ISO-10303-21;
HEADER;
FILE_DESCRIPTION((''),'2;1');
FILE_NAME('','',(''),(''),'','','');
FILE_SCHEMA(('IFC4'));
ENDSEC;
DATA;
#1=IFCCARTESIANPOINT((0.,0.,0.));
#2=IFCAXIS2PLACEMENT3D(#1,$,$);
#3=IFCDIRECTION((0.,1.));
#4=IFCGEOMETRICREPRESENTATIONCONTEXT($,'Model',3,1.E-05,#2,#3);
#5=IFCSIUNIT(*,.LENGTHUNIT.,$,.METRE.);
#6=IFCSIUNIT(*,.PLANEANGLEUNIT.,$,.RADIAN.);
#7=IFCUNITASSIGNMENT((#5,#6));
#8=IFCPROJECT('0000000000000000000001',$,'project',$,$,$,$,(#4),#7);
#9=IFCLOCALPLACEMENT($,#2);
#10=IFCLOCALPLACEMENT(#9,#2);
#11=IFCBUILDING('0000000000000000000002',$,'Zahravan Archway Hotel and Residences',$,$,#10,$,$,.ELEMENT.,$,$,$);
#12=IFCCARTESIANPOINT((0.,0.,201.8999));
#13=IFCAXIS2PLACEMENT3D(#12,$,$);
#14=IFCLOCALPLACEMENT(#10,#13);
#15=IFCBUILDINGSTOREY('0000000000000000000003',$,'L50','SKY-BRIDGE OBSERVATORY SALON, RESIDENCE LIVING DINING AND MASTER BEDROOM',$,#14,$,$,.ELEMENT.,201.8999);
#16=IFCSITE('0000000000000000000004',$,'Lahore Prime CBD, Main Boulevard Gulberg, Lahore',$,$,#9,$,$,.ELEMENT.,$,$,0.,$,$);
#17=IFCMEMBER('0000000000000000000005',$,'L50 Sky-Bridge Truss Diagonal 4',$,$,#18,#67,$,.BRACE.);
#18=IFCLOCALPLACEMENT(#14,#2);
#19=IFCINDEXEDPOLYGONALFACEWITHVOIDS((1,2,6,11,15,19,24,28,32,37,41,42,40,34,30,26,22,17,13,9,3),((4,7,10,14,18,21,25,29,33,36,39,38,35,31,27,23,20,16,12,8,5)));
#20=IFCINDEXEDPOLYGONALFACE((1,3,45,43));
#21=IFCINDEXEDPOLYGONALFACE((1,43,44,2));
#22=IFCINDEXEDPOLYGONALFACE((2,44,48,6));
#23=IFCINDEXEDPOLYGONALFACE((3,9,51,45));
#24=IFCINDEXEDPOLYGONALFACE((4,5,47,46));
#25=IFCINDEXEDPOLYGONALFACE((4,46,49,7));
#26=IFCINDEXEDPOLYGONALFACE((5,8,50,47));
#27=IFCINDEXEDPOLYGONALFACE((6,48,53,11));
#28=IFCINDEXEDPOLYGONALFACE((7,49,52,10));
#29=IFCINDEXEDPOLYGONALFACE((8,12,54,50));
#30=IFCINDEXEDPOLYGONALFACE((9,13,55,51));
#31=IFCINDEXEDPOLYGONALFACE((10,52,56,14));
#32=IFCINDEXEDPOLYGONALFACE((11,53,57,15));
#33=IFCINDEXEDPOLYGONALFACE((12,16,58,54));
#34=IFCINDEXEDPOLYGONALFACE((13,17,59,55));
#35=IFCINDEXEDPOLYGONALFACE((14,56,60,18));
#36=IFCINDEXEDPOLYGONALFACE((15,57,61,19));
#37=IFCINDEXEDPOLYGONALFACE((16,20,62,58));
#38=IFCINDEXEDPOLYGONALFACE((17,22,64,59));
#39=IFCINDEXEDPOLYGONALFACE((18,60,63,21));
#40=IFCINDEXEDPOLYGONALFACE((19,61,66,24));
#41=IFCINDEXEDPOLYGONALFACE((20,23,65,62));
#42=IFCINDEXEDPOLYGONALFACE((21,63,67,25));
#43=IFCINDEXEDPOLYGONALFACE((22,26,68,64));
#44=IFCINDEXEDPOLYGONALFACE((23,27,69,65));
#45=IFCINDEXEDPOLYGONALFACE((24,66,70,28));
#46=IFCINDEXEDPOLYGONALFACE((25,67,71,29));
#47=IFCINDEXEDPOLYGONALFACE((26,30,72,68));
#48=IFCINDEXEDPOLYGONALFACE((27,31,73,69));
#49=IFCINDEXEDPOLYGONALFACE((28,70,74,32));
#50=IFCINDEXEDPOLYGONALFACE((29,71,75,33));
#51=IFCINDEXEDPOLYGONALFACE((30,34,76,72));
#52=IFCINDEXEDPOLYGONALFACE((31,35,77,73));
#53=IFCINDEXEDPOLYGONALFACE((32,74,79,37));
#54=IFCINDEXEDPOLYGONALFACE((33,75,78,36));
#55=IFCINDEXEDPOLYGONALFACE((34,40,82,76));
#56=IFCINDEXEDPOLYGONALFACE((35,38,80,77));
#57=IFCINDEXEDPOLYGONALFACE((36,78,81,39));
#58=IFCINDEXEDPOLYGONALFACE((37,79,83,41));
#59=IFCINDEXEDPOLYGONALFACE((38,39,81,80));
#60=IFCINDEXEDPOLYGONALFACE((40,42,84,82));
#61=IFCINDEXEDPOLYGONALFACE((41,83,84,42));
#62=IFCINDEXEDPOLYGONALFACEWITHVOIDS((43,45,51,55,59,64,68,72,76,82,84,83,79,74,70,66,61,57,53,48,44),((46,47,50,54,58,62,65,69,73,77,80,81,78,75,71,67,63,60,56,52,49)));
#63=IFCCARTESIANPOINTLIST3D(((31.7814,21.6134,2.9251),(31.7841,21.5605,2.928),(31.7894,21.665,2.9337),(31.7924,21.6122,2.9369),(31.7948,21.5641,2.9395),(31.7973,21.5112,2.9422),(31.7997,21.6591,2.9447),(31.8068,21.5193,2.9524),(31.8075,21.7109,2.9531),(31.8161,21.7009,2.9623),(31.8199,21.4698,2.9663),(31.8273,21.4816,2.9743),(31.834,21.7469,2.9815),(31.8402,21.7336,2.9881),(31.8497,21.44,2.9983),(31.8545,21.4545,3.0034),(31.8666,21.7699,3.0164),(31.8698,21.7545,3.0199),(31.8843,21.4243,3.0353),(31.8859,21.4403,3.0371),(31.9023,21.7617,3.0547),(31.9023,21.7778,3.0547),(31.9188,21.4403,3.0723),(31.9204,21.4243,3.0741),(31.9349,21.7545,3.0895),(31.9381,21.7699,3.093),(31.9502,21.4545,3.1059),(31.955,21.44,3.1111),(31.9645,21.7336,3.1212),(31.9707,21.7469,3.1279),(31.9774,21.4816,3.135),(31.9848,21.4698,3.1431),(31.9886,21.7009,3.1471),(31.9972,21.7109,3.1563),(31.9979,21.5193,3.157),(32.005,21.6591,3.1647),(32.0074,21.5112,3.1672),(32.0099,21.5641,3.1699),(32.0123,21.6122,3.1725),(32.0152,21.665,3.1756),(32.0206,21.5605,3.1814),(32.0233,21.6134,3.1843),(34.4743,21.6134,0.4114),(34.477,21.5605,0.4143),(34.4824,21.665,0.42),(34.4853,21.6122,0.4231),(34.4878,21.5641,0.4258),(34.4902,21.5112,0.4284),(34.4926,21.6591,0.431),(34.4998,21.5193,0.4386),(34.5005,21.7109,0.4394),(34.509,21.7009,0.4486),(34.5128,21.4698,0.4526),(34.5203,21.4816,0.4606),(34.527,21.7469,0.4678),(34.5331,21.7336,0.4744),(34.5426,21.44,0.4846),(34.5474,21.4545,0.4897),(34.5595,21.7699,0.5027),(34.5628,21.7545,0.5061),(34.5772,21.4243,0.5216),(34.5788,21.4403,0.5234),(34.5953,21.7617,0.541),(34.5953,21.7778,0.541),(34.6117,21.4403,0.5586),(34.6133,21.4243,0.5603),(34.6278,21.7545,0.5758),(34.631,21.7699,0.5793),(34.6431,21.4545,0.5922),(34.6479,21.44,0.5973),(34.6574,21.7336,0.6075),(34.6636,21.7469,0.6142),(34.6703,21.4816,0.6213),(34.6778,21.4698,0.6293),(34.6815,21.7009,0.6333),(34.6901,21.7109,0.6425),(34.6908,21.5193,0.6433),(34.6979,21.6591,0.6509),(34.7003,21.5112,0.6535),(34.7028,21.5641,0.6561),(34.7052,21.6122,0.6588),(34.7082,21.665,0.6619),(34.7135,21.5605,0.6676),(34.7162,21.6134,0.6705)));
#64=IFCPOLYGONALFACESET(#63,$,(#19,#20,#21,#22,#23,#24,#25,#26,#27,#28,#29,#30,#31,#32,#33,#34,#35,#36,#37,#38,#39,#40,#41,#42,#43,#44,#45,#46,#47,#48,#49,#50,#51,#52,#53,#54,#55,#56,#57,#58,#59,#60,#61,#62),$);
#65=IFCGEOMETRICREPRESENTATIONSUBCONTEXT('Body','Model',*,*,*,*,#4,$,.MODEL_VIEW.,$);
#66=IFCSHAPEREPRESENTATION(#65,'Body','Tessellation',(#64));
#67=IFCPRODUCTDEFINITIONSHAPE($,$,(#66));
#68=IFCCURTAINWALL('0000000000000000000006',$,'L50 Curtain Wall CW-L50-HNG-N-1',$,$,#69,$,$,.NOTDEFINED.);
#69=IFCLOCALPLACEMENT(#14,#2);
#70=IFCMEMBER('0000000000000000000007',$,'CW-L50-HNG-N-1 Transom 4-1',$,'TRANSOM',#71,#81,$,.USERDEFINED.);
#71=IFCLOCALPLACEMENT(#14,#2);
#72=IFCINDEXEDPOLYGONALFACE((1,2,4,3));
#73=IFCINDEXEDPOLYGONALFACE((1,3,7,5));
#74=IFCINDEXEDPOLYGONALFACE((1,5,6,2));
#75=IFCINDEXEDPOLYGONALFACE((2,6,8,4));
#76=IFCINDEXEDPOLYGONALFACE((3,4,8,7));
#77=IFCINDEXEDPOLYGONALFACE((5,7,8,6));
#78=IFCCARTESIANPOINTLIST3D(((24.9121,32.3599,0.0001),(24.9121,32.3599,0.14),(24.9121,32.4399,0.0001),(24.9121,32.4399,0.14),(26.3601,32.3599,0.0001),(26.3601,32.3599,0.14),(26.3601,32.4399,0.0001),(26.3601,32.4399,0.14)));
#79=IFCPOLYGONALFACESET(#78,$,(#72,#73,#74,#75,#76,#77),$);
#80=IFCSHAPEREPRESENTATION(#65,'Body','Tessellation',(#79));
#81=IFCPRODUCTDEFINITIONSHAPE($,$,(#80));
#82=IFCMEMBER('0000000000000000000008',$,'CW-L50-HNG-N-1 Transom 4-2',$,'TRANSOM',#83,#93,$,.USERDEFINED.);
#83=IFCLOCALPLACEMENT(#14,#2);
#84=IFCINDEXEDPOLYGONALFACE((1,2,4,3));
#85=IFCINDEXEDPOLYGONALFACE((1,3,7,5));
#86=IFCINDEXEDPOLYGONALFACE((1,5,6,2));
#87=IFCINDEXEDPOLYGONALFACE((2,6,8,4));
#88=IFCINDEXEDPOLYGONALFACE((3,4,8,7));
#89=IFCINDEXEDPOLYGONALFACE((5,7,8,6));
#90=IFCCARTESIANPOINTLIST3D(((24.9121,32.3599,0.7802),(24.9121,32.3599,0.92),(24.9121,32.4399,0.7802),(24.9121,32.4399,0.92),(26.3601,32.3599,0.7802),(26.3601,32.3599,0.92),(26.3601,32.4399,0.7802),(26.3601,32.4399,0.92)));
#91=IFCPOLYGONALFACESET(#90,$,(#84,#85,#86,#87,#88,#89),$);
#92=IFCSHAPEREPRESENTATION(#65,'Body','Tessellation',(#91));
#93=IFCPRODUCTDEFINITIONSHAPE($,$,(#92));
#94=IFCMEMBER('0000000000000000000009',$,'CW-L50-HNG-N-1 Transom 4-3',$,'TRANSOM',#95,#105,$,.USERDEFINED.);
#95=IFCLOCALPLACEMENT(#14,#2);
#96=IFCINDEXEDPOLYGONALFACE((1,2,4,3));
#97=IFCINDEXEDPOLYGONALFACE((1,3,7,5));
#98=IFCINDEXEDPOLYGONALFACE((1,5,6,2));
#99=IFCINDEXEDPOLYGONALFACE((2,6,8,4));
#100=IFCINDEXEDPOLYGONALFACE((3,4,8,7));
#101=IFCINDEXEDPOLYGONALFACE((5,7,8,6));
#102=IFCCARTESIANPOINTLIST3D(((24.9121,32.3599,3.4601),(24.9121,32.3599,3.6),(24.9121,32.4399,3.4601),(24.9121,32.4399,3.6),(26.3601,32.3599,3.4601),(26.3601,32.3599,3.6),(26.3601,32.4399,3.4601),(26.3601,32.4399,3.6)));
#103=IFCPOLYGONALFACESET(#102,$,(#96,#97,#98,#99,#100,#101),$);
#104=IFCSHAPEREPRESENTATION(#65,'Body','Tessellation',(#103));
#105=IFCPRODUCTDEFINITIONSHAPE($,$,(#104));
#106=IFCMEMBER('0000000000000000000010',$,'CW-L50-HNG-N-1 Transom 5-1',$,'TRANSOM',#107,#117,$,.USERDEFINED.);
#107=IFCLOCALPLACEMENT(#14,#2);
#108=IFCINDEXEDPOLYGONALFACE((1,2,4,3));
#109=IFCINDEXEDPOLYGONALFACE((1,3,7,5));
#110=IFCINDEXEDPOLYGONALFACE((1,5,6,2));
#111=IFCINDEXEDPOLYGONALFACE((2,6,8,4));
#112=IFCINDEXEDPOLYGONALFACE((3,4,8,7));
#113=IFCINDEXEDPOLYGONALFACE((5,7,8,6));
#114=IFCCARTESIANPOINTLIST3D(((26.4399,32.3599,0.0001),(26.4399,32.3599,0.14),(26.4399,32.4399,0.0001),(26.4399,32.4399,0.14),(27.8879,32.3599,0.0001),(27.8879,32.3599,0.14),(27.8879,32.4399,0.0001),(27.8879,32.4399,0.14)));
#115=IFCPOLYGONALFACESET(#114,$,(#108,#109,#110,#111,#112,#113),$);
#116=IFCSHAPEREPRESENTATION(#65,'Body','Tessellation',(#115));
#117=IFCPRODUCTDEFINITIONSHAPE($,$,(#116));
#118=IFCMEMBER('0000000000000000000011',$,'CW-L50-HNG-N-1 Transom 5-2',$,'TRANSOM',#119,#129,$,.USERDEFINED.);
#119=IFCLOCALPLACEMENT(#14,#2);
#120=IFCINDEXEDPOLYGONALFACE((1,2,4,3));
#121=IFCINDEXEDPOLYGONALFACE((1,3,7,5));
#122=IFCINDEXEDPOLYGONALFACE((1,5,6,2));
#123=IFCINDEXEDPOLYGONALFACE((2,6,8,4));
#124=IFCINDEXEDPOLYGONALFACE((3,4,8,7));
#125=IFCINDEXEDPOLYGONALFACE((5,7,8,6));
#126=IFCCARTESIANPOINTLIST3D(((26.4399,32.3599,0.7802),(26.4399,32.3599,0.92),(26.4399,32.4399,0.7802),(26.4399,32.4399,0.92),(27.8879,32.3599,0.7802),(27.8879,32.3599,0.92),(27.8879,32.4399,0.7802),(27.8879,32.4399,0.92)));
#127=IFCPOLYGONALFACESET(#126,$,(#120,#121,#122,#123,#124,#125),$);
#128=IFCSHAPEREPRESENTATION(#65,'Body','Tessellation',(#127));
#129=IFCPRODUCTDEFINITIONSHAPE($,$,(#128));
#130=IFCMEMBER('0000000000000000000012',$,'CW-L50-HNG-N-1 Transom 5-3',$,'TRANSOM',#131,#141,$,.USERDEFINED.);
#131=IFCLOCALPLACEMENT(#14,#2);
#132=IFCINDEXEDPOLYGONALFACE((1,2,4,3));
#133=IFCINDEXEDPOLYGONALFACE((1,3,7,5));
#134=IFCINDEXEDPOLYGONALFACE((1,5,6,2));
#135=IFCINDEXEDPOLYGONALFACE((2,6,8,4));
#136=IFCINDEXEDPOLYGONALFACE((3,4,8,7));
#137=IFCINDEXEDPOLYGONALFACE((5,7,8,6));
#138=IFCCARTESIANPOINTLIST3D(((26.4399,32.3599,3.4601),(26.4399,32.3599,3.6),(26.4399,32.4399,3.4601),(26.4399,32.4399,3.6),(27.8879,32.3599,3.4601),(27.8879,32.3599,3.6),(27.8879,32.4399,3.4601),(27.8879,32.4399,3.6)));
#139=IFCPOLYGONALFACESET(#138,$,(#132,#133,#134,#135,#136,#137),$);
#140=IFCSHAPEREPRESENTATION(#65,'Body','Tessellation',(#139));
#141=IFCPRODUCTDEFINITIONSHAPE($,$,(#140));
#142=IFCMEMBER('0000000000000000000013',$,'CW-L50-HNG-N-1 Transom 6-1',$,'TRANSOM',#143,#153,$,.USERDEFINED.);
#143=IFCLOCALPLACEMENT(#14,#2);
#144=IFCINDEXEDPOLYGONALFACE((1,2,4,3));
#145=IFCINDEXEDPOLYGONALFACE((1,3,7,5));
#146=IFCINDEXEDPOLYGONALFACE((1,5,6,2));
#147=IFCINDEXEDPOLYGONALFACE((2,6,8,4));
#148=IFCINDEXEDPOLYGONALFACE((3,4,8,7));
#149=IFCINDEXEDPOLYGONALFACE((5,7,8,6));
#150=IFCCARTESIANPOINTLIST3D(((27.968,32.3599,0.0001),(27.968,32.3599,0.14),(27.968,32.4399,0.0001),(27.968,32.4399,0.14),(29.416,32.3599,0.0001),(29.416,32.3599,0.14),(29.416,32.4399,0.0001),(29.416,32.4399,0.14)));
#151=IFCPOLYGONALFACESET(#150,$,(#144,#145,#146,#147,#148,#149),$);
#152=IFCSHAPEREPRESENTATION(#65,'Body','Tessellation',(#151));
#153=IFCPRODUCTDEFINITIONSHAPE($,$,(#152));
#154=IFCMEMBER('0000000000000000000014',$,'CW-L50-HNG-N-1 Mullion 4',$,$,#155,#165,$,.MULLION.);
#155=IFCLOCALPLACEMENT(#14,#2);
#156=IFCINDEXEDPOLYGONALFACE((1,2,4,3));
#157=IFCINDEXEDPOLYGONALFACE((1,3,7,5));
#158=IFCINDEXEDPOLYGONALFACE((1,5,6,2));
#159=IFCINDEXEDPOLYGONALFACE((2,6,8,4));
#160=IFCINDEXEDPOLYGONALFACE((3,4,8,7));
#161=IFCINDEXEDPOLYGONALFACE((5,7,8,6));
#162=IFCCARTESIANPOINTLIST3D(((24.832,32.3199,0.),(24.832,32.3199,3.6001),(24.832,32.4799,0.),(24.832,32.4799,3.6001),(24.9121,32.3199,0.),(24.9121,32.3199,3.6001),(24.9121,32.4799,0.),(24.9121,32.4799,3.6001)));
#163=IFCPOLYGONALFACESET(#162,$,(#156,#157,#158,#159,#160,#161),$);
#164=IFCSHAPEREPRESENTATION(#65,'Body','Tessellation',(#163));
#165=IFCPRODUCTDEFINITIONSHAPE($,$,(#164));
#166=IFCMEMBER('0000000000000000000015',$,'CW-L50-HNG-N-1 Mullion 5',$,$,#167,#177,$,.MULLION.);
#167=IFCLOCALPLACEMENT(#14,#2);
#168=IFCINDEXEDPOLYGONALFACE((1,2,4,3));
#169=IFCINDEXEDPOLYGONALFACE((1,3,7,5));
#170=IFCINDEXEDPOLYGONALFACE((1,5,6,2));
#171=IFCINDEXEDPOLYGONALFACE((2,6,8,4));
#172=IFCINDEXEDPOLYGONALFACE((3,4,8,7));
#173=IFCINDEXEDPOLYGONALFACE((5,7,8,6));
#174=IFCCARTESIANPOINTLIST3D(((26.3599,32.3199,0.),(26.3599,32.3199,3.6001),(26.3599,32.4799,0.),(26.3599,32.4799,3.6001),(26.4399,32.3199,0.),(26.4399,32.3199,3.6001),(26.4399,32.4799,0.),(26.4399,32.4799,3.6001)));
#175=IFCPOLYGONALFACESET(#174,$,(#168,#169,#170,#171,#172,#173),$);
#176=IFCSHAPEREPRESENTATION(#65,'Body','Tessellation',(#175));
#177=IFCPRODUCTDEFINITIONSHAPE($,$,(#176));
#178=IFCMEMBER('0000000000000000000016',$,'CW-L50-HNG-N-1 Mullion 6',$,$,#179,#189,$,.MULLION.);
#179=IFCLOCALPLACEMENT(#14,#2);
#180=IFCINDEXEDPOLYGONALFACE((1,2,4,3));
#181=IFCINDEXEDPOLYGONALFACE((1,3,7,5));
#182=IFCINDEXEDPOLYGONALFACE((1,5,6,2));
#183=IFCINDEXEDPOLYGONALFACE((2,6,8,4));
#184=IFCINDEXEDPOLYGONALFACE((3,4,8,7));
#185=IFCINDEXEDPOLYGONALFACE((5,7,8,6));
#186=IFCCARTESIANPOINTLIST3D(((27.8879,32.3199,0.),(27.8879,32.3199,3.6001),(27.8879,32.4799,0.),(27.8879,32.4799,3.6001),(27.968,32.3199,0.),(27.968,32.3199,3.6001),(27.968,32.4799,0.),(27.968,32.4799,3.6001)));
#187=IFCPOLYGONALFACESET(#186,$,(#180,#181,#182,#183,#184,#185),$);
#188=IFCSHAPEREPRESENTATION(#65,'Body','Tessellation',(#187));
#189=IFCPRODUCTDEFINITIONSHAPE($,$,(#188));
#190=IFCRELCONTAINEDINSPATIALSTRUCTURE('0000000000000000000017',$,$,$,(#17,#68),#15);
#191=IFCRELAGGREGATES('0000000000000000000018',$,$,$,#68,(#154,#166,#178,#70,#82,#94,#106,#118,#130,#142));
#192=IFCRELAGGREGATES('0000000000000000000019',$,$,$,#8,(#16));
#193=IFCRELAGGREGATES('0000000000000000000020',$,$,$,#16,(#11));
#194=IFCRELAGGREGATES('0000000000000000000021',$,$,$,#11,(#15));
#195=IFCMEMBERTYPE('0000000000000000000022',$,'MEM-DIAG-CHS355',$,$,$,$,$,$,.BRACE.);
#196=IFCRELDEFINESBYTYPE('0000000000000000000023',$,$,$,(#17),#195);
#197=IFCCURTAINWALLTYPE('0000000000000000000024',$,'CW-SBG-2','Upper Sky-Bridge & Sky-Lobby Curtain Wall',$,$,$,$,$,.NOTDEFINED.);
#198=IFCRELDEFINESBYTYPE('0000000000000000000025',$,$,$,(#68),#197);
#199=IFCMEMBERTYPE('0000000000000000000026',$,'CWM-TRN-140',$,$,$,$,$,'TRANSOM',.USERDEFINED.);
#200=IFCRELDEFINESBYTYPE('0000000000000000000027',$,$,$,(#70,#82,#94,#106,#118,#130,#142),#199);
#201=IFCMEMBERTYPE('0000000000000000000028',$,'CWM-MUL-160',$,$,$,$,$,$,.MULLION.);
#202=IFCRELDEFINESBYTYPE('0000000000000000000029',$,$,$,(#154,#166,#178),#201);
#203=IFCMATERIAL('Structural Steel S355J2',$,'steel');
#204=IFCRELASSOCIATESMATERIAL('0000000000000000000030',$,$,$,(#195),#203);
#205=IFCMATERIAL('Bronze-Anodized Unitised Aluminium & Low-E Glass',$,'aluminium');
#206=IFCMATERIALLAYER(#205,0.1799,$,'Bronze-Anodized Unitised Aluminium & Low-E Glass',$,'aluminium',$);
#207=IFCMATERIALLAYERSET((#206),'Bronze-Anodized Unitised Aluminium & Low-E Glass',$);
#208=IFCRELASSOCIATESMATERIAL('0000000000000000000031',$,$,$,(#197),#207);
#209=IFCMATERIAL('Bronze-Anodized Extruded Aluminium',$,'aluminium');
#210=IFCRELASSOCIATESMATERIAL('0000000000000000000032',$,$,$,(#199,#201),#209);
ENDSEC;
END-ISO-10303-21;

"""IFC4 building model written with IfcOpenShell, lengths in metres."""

from ifc_helpers import new_model, si_unit, direction, frame, origin, origin_2d, place, context, subcontext, project, spatial, rectangle, hollow_circle, extrude, source, transform, mapped, material, layer, layer_set, material_profile, profile_set, type_object, element, aggregate, save


model = new_model("IFC4")

# Units and contexts
model_context = context("Model", 3, precision=1e-05, world=origin(), true_north=direction((0.0, 1.0)))
body_context = subcontext(model_context, "Body", "Model", "MODEL_VIEW")
ifc_project = project(units=[si_unit("LENGTHUNIT", "METRE"), si_unit("PLANEANGLEUNIT", "RADIAN")], contexts=[model_context])

# Site, building, storey
site_placement = place(None, origin())
site = spatial("IfcSite", under=ifc_project, at=site_placement, Name="Lahore Prime CBD, Main Boulevard Gulberg, Lahore", CompositionType="ELEMENT", RefElevation=0.0)
building_placement = place(site_placement, origin())
building = spatial("IfcBuilding", under=site, at=building_placement, Name="Zahravan Archway Hotel and Residences", CompositionType="ELEMENT")
storey_placement = place(building_placement, frame((0.0, 0.0, 201.8999)))
storey = spatial("IfcBuildingStorey", under=building, at=storey_placement, Name="L50", Description="SKY-BRIDGE OBSERVATORY SALON, RESIDENCE LIVING DINING AND MASTER BEDROOM", CompositionType="ELEMENT", Elevation=201.8999)

# Member
ifc_material_1 = material(Name="Structural Steel S355J2", Category="steel")
ifc_material_profile_1 = material_profile(ifc_material_1, hollow_circle(Radius=0.1777, WallThickness=0.0161, at=origin_2d()), Name="CHS 355.6x16", Category="steel")
ifc_profile_set_1 = profile_set([ifc_material_profile_1], Name="Structural Steel S355J2")
member_type_1 = type_object("IfcMemberType", Name="MEM-DIAG-CHS355", PredefinedType="BRACE", material=ifc_profile_set_1)
shared_shape_1 = source(origin(), body_context, "Body", "SweptSolid", [
    extrude(hollow_circle(Radius=0.1777, WallThickness=0.0161, at=origin_2d()), origin(), (0.0, 0.0, 1.0), 3.6838),
])
member_1_placement = place(storey_placement, frame((31.9023, 21.6001, 3.0547), z_axis=(0.731011, 0.0, -0.682365), x_axis=(0.0, 1.0, 0.0)))
element("IfcMember", 1, at=member_1_placement, inside=storey, type_object=member_type_1, Name="L50 Sky-Bridge Truss Diagonal 4", PredefinedType="BRACE", context=body_context, shape_type="MappedRepresentation", body=[
    mapped(shared_shape_1, transform((0.0, 0.0, 0.0), scale=1.0)),
])

# Curtain wall, members
ifc_material_2 = material(Name="Bronze-Anodized Unitised Aluminium & Low-E Glass", Category="aluminium")
ifc_layer_1 = layer(ifc_material_2, 0.1799, Name="Bronze-Anodized Unitised Aluminium & Low-E Glass", Category="aluminium")
ifc_layer_set_1 = layer_set([ifc_layer_1], Name="Bronze-Anodized Unitised Aluminium & Low-E Glass")
curtain_wall_type = type_object("IfcCurtainWallType", Name="CW-SBG-2", Description="Upper Sky-Bridge & Sky-Lobby Curtain Wall", PredefinedType="NOTDEFINED", material=ifc_layer_set_1)
curtain_wall_placement = place(storey_placement, origin())
curtain_wall = element("IfcCurtainWall", 2, at=curtain_wall_placement, inside=storey, type_object=curtain_wall_type, Name="L50 Curtain Wall CW-L50-HNG-N-1", PredefinedType="NOTDEFINED")
ifc_material_3 = material(Name="Bronze-Anodized Extruded Aluminium", Category="aluminium")
ifc_material_profile_2 = material_profile(ifc_material_3, rectangle(XDim=0.0801, YDim=0.1399, at=origin_2d()), Name="TRN 80x140", Category="aluminium")
ifc_profile_set_2 = profile_set([ifc_material_profile_2], Name="Bronze-Anodized Extruded Aluminium")
member_type_2 = type_object("IfcMemberType", Name="CWM-TRN-140", ElementType="TRANSOM", PredefinedType="USERDEFINED", material=ifc_profile_set_2)
shared_shape_2 = source(origin(), body_context, "Body", "SweptSolid", [
    extrude(rectangle(XDim=0.0801, YDim=0.1399, at=origin_2d()), origin(), (0.0, 0.0, 1.0), 1.448),
])
member_2_placement = place(storey_placement, frame((24.9121, 32.3999, 0.0701), z_axis=(1.0, 0.0, 0.0), x_axis=(0.0, 1.0, 0.0)))
member_2 = element("IfcMember", 3, at=member_2_placement, type_object=member_type_2, Name="CW-L50-HNG-N-1 Transom 4-1", ObjectType="TRANSOM", PredefinedType="USERDEFINED", context=body_context, shape_type="MappedRepresentation", body=[
    mapped(shared_shape_2, transform((0.0, 0.0, 0.0), scale=1.0)),
])
member_3_placement = place(storey_placement, frame((24.9121, 32.3999, 0.8501), z_axis=(1.0, 0.0, 0.0), x_axis=(0.0, 1.0, 0.0)))
member_3 = element("IfcMember", 4, at=member_3_placement, type_object=member_type_2, Name="CW-L50-HNG-N-1 Transom 4-2", ObjectType="TRANSOM", PredefinedType="USERDEFINED", context=body_context, shape_type="MappedRepresentation", body=[
    mapped(shared_shape_2, transform((0.0, 0.0, 0.0), scale=1.0)),
])
member_4_placement = place(storey_placement, frame((24.9121, 32.3999, 3.53), z_axis=(1.0, 0.0, 0.0), x_axis=(0.0, 1.0, 0.0)))
member_4 = element("IfcMember", 5, at=member_4_placement, type_object=member_type_2, Name="CW-L50-HNG-N-1 Transom 4-3", ObjectType="TRANSOM", PredefinedType="USERDEFINED", context=body_context, shape_type="MappedRepresentation", body=[
    mapped(shared_shape_2, transform((0.0, 0.0, 0.0), scale=1.0)),
])
member_5_placement = place(storey_placement, frame((26.4399, 32.3999, 0.0701), z_axis=(1.0, 0.0, 0.0), x_axis=(0.0, 1.0, 0.0)))
member_5 = element("IfcMember", 6, at=member_5_placement, type_object=member_type_2, Name="CW-L50-HNG-N-1 Transom 5-1", ObjectType="TRANSOM", PredefinedType="USERDEFINED", context=body_context, shape_type="MappedRepresentation", body=[
    mapped(shared_shape_2, transform((0.0, 0.0, 0.0), scale=1.0)),
])
member_6_placement = place(storey_placement, frame((26.4399, 32.3999, 0.8501), z_axis=(1.0, 0.0, 0.0), x_axis=(0.0, 1.0, 0.0)))
member_6 = element("IfcMember", 7, at=member_6_placement, type_object=member_type_2, Name="CW-L50-HNG-N-1 Transom 5-2", ObjectType="TRANSOM", PredefinedType="USERDEFINED", context=body_context, shape_type="MappedRepresentation", body=[
    mapped(shared_shape_2, transform((0.0, 0.0, 0.0), scale=1.0)),
])
member_7_placement = place(storey_placement, frame((26.4399, 32.3999, 3.53), z_axis=(1.0, 0.0, 0.0), x_axis=(0.0, 1.0, 0.0)))
member_7 = element("IfcMember", 8, at=member_7_placement, type_object=member_type_2, Name="CW-L50-HNG-N-1 Transom 5-3", ObjectType="TRANSOM", PredefinedType="USERDEFINED", context=body_context, shape_type="MappedRepresentation", body=[
    mapped(shared_shape_2, transform((0.0, 0.0, 0.0), scale=1.0)),
])
member_8_placement = place(storey_placement, frame((27.968, 32.3999, 0.0701), z_axis=(1.0, 0.0, 0.0), x_axis=(0.0, 1.0, 0.0)))
member_8 = element("IfcMember", 9, at=member_8_placement, type_object=member_type_2, Name="CW-L50-HNG-N-1 Transom 6-1", ObjectType="TRANSOM", PredefinedType="USERDEFINED", context=body_context, shape_type="MappedRepresentation", body=[
    mapped(shared_shape_2, transform((0.0, 0.0, 0.0), scale=1.0)),
])
ifc_material_profile_3 = material_profile(ifc_material_3, rectangle(XDim=0.0801, YDim=0.1599, at=origin_2d()), Name="MUL 80x160", Category="aluminium")
ifc_profile_set_3 = profile_set([ifc_material_profile_3], Name="Bronze-Anodized Extruded Aluminium")
member_type_3 = type_object("IfcMemberType", Name="CWM-MUL-160", PredefinedType="MULLION", material=ifc_profile_set_3)
shared_shape_3 = source(origin(), body_context, "Body", "SweptSolid", [
    extrude(rectangle(XDim=0.0801, YDim=0.1599, at=origin_2d()), origin(), (0.0, 0.0, 1.0), 3.6001),
])
member_9_placement = place(storey_placement, frame((24.8721, 32.3999, 0.0), z_axis=(0.0, 0.0, 1.0), x_axis=(1.0, 0.0, 0.0)))
member_9 = element("IfcMember", 10, at=member_9_placement, type_object=member_type_3, Name="CW-L50-HNG-N-1 Mullion 4", PredefinedType="MULLION", context=body_context, shape_type="MappedRepresentation", body=[
    mapped(shared_shape_3, transform((0.0, 0.0, 0.0), scale=1.0)),
])
member_10_placement = place(storey_placement, frame((26.3999, 32.3999, 0.0), z_axis=(0.0, 0.0, 1.0), x_axis=(1.0, 0.0, 0.0)))
member_10 = element("IfcMember", 11, at=member_10_placement, type_object=member_type_3, Name="CW-L50-HNG-N-1 Mullion 5", PredefinedType="MULLION", context=body_context, shape_type="MappedRepresentation", body=[
    mapped(shared_shape_3, transform((0.0, 0.0, 0.0), scale=1.0)),
])
member_11_placement = place(storey_placement, frame((27.928, 32.3999, 0.0), z_axis=(0.0, 0.0, 1.0), x_axis=(1.0, 0.0, 0.0)))
member_11 = element("IfcMember", 12, at=member_11_placement, type_object=member_type_3, Name="CW-L50-HNG-N-1 Mullion 6", PredefinedType="MULLION", context=body_context, shape_type="MappedRepresentation", body=[
    mapped(shared_shape_3, transform((0.0, 0.0, 0.0), scale=1.0)),
])

aggregate(curtain_wall, [member_9, member_10, member_11, member_2, member_3, member_4, member_5, member_6, member_7, member_8])

save(model, "model.ifc")
